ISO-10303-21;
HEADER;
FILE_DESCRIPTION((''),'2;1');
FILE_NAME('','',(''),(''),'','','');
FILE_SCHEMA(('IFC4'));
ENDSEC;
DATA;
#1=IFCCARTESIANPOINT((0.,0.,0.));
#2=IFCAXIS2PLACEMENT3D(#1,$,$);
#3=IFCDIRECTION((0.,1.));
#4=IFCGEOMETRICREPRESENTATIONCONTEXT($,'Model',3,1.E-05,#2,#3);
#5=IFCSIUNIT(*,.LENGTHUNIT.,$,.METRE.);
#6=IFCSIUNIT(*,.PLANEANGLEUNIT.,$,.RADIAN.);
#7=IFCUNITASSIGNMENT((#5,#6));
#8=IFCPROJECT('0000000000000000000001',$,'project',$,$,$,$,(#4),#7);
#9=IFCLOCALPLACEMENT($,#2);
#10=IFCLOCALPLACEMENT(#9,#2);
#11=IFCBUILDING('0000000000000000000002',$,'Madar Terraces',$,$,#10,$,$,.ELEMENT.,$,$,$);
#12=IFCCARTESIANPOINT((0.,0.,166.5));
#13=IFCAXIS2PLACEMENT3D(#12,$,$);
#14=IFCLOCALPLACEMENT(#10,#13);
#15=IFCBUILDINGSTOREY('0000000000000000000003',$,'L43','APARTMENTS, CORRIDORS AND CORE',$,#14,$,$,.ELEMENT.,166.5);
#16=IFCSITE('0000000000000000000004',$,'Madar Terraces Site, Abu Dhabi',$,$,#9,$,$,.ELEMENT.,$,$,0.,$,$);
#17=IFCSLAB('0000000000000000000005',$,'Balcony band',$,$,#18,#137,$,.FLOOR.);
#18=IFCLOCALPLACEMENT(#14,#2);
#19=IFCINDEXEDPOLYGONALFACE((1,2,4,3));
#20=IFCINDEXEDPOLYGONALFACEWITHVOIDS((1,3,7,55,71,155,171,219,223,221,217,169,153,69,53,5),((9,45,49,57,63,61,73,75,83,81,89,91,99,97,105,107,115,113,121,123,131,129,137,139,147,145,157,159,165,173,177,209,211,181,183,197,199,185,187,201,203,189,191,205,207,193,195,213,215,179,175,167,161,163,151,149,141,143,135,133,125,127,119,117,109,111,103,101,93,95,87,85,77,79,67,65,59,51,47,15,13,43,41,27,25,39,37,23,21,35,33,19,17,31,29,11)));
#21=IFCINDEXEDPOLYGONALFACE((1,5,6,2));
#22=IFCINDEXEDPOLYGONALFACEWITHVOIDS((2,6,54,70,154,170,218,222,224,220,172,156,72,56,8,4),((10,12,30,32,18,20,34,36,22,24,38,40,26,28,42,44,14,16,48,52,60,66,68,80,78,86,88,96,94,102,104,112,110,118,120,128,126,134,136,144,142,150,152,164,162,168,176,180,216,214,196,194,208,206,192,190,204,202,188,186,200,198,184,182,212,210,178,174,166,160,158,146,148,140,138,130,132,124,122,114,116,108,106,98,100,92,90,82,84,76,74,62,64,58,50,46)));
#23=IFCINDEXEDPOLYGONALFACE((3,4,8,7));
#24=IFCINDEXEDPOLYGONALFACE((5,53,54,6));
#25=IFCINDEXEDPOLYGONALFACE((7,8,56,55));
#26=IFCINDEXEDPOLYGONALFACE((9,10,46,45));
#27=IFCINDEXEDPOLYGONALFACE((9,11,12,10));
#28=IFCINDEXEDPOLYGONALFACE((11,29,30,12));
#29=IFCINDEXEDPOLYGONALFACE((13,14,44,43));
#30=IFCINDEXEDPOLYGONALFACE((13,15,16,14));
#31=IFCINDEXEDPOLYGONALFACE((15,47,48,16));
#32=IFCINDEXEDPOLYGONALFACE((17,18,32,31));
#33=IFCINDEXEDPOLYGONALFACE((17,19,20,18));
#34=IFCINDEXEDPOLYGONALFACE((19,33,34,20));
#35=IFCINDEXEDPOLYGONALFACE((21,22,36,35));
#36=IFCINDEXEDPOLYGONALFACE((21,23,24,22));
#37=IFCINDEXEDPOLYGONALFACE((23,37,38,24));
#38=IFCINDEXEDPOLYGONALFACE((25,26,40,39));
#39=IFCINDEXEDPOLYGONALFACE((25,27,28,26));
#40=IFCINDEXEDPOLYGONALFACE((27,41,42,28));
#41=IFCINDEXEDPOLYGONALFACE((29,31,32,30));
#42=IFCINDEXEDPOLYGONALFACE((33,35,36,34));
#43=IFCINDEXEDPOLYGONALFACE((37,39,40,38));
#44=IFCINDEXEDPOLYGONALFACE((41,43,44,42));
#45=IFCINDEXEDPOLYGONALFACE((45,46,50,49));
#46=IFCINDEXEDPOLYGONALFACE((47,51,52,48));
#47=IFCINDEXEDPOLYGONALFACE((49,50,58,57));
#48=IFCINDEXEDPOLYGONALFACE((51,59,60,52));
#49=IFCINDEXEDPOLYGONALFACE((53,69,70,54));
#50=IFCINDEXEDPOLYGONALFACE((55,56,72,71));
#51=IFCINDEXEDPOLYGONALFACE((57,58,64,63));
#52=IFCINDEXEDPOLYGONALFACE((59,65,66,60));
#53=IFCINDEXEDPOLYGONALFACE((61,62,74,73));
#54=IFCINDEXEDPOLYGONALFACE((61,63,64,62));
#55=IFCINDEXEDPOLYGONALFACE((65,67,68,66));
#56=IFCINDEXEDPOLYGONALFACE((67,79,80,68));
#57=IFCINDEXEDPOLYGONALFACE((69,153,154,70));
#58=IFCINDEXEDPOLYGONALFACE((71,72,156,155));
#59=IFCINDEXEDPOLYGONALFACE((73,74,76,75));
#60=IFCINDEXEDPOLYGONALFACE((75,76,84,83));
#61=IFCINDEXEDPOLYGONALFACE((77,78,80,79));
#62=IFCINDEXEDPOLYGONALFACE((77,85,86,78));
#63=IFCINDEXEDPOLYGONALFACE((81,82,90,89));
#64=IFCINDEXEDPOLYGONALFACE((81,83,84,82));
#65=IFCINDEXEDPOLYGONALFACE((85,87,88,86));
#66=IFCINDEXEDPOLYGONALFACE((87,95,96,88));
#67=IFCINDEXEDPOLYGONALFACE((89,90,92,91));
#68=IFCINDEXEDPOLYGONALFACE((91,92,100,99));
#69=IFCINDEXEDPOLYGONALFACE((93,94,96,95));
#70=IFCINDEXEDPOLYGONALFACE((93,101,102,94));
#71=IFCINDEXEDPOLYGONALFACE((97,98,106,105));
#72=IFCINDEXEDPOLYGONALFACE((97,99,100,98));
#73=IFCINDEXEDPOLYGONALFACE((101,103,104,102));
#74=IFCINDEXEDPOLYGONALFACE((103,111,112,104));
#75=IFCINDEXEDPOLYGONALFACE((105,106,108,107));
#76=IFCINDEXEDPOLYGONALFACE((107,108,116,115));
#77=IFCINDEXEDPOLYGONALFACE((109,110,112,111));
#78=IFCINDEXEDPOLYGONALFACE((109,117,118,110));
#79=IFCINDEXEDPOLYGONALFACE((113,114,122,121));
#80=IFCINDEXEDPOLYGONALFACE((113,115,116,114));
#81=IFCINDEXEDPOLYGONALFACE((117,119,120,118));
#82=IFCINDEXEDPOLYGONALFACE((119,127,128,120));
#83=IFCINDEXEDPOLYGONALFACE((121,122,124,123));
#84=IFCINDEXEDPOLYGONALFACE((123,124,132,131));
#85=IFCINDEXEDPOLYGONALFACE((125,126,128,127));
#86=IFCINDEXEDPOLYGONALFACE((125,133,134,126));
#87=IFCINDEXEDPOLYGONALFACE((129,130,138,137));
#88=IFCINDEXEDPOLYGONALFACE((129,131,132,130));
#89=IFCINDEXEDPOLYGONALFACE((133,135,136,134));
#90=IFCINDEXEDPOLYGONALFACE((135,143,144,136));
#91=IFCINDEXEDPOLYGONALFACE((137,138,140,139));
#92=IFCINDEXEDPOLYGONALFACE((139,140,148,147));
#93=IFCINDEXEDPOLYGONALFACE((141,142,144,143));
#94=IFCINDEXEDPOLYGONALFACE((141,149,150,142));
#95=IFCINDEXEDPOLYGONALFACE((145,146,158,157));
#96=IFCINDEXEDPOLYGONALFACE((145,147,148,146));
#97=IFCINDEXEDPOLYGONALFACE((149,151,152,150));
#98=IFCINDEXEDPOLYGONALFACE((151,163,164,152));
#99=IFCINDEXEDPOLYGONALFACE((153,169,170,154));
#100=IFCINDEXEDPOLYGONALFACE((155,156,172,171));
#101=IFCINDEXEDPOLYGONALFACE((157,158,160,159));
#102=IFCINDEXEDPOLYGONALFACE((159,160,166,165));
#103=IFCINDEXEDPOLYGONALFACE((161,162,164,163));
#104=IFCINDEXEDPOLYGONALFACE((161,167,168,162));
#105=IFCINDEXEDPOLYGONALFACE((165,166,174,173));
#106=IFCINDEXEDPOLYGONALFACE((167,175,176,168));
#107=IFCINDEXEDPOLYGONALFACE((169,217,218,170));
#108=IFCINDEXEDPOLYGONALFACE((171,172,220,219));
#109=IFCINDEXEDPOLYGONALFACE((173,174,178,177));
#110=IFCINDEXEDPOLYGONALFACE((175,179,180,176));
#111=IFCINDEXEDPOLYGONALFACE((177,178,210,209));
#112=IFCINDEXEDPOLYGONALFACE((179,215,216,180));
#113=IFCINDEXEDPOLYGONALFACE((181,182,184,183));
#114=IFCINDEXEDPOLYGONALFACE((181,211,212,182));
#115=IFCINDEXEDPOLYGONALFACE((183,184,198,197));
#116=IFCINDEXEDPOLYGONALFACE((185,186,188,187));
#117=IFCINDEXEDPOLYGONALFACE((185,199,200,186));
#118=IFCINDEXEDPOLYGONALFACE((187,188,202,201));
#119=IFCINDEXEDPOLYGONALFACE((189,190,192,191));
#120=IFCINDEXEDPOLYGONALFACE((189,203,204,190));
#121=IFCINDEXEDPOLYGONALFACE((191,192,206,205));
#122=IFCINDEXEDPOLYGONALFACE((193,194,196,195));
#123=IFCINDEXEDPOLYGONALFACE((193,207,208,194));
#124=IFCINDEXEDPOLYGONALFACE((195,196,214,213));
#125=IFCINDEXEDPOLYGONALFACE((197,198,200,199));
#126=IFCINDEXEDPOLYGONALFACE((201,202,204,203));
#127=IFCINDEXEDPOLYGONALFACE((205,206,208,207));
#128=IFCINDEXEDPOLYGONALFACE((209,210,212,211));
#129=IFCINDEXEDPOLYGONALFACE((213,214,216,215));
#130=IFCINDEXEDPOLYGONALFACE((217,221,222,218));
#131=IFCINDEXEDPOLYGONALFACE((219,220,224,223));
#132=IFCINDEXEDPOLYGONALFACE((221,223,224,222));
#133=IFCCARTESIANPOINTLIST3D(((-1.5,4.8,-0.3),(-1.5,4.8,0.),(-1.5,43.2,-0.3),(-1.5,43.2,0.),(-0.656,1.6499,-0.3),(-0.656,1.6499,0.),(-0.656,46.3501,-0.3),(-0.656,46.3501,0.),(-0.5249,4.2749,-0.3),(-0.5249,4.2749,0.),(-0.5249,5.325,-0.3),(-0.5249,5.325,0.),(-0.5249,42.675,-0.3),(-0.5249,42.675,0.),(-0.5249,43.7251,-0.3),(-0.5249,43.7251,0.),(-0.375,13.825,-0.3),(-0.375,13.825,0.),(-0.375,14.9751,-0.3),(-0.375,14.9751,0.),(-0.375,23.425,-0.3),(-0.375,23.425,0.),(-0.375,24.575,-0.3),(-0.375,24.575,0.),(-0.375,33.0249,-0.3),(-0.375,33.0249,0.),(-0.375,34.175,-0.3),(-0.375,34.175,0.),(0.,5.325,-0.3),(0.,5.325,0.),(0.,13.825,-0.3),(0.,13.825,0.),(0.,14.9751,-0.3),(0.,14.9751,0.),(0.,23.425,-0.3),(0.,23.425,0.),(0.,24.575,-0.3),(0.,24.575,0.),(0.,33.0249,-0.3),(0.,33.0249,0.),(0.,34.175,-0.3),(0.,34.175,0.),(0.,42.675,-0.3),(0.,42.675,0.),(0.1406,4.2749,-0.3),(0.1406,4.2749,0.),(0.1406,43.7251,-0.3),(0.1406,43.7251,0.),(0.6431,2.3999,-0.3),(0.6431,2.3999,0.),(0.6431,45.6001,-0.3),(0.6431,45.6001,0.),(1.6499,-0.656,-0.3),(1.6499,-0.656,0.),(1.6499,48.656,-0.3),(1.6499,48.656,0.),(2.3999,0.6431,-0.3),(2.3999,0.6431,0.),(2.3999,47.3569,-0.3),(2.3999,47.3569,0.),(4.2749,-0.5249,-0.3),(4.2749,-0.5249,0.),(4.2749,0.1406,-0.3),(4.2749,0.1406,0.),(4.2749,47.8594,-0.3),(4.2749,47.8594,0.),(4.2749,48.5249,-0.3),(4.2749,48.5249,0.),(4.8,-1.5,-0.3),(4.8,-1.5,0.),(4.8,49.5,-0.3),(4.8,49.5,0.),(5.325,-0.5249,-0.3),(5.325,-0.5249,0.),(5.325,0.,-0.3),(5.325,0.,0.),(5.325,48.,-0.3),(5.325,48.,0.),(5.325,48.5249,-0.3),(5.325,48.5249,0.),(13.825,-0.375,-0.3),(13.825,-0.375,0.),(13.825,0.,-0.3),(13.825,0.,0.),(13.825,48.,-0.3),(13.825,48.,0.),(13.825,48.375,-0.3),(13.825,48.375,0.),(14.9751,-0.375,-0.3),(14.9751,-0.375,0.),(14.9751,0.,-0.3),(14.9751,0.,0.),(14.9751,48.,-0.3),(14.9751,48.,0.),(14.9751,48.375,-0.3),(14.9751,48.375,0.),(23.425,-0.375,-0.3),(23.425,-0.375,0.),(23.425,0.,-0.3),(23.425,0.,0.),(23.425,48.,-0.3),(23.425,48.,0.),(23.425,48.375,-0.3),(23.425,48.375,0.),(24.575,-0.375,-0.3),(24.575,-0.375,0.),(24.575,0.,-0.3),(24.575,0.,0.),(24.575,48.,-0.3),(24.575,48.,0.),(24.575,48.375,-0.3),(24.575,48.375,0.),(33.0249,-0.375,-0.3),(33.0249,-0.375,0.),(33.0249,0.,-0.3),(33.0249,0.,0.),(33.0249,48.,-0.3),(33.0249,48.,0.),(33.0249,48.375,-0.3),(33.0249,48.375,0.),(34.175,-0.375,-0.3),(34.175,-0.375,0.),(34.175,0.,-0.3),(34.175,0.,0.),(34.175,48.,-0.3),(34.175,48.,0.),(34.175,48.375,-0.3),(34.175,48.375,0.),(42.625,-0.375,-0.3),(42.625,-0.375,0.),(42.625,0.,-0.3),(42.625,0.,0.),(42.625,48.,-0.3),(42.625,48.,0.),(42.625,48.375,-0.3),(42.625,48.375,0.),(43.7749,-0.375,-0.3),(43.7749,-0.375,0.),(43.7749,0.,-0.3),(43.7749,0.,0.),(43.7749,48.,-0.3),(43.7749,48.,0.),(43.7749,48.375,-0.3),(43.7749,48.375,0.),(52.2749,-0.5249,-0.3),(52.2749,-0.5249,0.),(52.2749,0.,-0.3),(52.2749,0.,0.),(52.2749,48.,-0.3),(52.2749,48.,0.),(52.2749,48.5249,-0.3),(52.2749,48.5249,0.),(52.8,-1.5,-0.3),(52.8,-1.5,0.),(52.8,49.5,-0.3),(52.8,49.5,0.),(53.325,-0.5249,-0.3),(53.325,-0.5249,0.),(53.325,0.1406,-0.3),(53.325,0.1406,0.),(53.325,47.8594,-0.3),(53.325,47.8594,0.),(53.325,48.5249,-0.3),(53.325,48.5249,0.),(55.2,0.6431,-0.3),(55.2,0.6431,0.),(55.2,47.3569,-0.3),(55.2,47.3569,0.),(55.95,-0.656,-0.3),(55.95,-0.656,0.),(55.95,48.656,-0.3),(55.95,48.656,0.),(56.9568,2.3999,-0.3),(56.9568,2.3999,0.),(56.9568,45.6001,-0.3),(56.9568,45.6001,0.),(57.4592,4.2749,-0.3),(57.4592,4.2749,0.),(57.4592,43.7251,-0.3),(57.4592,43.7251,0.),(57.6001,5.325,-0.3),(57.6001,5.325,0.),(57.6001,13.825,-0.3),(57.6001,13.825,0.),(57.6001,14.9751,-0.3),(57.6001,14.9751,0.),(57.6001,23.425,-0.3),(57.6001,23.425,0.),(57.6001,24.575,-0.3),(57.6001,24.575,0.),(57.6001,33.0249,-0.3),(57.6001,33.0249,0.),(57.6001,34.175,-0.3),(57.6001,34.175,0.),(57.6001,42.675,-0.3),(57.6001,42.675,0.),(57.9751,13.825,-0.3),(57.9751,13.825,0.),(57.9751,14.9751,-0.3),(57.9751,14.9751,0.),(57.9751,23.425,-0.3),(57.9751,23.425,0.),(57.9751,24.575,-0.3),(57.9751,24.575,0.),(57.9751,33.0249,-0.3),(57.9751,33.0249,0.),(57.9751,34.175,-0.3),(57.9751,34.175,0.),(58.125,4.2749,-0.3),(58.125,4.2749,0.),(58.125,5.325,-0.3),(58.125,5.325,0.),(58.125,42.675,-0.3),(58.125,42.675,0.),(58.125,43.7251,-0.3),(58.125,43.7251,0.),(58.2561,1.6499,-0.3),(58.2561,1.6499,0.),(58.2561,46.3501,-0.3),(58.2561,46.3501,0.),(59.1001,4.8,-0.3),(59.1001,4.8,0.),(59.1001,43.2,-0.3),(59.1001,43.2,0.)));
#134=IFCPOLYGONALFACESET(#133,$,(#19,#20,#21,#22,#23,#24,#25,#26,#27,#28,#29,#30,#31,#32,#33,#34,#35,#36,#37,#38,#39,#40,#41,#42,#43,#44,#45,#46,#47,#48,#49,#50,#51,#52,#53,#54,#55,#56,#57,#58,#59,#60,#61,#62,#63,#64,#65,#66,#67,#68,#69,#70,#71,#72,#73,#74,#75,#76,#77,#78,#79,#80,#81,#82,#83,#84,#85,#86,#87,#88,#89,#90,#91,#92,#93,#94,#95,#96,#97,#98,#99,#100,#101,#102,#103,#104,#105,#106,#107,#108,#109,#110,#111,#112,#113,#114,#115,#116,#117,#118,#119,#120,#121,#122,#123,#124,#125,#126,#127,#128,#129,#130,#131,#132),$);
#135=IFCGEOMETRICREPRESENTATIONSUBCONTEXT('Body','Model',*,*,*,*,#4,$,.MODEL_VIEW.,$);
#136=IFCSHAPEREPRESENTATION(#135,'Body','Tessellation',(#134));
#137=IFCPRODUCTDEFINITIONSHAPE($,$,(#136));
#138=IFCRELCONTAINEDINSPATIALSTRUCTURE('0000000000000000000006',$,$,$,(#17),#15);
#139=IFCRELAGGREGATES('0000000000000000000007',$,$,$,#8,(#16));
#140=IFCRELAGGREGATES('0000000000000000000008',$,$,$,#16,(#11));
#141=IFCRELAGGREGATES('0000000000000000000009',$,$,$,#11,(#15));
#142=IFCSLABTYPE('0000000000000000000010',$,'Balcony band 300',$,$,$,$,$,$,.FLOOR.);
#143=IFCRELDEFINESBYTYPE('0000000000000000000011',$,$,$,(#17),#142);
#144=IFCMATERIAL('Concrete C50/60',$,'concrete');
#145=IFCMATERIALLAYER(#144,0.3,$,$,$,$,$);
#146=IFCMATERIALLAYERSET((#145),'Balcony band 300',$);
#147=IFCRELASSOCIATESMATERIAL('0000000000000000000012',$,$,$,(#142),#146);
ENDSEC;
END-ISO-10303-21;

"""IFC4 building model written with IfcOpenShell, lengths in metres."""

from ifc_helpers import new_model, si_unit, direction, frame, origin, place, context, subcontext, project, spatial, polyline, outline, extrude, material, layer, layer_set, type_object, element, save


model = new_model("IFC4")

# Units and contexts
model_context = context("Model", 3, precision=1e-05, world=origin(), true_north=direction((0.0, 1.0)))
body_context = subcontext(model_context, "Body", "Model", "MODEL_VIEW")
ifc_project = project(units=[si_unit("LENGTHUNIT", "METRE"), si_unit("PLANEANGLEUNIT", "RADIAN")], contexts=[model_context])

# Site, building, storey
site_placement = place(None, origin())
site = spatial("IfcSite", under=ifc_project, at=site_placement, Name="Madar Terraces Site, Abu Dhabi", CompositionType="ELEMENT", RefElevation=0.0)
building_placement = place(site_placement, origin())
building = spatial("IfcBuilding", under=site, at=building_placement, Name="Madar Terraces", CompositionType="ELEMENT")
storey_placement = place(building_placement, frame((0.0, 0.0, 166.5)))
storey = spatial("IfcBuildingStorey", under=building, at=storey_placement, Name="L43", Description="APARTMENTS, CORRIDORS AND CORE", CompositionType="ELEMENT", Elevation=166.5)

# Slab
ifc_material_1 = material(Name="Concrete C50/60", Category="concrete")
ifc_layer_1 = layer(ifc_material_1, 0.3)
ifc_layer_set_1 = layer_set([ifc_layer_1], Name="Balcony band 300")
slab_type_1 = type_object("IfcSlabType", Name="Balcony band 300", PredefinedType="FLOOR", material=ifc_layer_set_1)
slab_1_placement = place(storey_placement, frame((0.0, 0.0, -0.3)))
element("IfcSlab", 1, at=slab_1_placement, inside=storey, type_object=slab_type_1, Name="Balcony band", PredefinedType="FLOOR", context=body_context, shape_type="SweptSolid", body=[
    extrude(outline(polyline([(4.8, -1.5), (1.6499, -0.656), (-0.656, 1.6499), (-1.5, 4.8), (-1.5, 43.2), (-0.656, 46.3501), (1.6499, 48.656), (4.8, 49.5), (52.8, 49.5), (55.95, 48.656), (58.2561, 46.3501), (59.1001, 43.2), (59.1001, 4.8), (58.2561, 1.6499), (55.95, -0.656), (52.8, -1.5), (4.8, -1.5)]), holes=[polyline([(5.325, -0.5249), (5.325, 0.0), (13.825, 0.0), (13.825, -0.375), (14.9751, -0.375), (14.9751, 0.0), (23.425, 0.0), (23.425, -0.375), (24.575, -0.375), (24.575, 0.0), (33.0249, 0.0), (33.0249, -0.375), (34.175, -0.375), (34.175, 0.0), (42.625, 0.0), (42.625, -0.375), (43.7749, -0.375), (43.7749, 0.0), (52.2749, 0.0), (52.2749, -0.5249), (53.325, -0.5249), (53.325, 0.1406), (55.2, 0.6431), (56.9568, 2.3999), (57.4592, 4.2749), (58.125, 4.2749), (58.125, 5.325), (57.6001, 5.325), (57.6001, 13.825), (57.9751, 13.825), (57.9751, 14.9751), (57.6001, 14.9751), (57.6001, 23.425), (57.9751, 23.425), (57.9751, 24.575), (57.6001, 24.575), (57.6001, 33.0249), (57.9751, 33.0249), (57.9751, 34.175), (57.6001, 34.175), (57.6001, 42.675), (58.125, 42.675), (58.125, 43.7251), (57.4592, 43.7251), (56.9568, 45.6001), (55.2, 47.3569), (53.325, 47.8594), (53.325, 48.5249), (52.2749, 48.5249), (52.2749, 48.0), (43.7749, 48.0), (43.7749, 48.375), (42.625, 48.375), (42.625, 48.0), (34.175, 48.0), (34.175, 48.375), (33.0249, 48.375), (33.0249, 48.0), (24.575, 48.0), (24.575, 48.375), (23.425, 48.375), (23.425, 48.0), (14.9751, 48.0), (14.9751, 48.375), (13.825, 48.375), (13.825, 48.0), (5.325, 48.0), (5.325, 48.5249), (4.2749, 48.5249), (4.2749, 47.8594), (2.3999, 47.3569), (0.6431, 45.6001), (0.1406, 43.7251), (-0.5249, 43.7251), (-0.5249, 42.675), (0.0, 42.675), (0.0, 34.175), (-0.375, 34.175), (-0.375, 33.0249), (0.0, 33.0249), (0.0, 24.575), (-0.375, 24.575), (-0.375, 23.425), (0.0, 23.425), (0.0, 14.9751), (-0.375, 14.9751), (-0.375, 13.825), (0.0, 13.825), (0.0, 5.325), (-0.5249, 5.325), (-0.5249, 4.2749), (0.1406, 4.2749), (0.6431, 2.3999), (2.3999, 0.6431), (4.2749, 0.1406), (4.2749, -0.5249), (5.325, -0.5249)])]), origin(), (0.0, 0.0, 1.0), 0.3),
])

save(model, "model.ifc")
